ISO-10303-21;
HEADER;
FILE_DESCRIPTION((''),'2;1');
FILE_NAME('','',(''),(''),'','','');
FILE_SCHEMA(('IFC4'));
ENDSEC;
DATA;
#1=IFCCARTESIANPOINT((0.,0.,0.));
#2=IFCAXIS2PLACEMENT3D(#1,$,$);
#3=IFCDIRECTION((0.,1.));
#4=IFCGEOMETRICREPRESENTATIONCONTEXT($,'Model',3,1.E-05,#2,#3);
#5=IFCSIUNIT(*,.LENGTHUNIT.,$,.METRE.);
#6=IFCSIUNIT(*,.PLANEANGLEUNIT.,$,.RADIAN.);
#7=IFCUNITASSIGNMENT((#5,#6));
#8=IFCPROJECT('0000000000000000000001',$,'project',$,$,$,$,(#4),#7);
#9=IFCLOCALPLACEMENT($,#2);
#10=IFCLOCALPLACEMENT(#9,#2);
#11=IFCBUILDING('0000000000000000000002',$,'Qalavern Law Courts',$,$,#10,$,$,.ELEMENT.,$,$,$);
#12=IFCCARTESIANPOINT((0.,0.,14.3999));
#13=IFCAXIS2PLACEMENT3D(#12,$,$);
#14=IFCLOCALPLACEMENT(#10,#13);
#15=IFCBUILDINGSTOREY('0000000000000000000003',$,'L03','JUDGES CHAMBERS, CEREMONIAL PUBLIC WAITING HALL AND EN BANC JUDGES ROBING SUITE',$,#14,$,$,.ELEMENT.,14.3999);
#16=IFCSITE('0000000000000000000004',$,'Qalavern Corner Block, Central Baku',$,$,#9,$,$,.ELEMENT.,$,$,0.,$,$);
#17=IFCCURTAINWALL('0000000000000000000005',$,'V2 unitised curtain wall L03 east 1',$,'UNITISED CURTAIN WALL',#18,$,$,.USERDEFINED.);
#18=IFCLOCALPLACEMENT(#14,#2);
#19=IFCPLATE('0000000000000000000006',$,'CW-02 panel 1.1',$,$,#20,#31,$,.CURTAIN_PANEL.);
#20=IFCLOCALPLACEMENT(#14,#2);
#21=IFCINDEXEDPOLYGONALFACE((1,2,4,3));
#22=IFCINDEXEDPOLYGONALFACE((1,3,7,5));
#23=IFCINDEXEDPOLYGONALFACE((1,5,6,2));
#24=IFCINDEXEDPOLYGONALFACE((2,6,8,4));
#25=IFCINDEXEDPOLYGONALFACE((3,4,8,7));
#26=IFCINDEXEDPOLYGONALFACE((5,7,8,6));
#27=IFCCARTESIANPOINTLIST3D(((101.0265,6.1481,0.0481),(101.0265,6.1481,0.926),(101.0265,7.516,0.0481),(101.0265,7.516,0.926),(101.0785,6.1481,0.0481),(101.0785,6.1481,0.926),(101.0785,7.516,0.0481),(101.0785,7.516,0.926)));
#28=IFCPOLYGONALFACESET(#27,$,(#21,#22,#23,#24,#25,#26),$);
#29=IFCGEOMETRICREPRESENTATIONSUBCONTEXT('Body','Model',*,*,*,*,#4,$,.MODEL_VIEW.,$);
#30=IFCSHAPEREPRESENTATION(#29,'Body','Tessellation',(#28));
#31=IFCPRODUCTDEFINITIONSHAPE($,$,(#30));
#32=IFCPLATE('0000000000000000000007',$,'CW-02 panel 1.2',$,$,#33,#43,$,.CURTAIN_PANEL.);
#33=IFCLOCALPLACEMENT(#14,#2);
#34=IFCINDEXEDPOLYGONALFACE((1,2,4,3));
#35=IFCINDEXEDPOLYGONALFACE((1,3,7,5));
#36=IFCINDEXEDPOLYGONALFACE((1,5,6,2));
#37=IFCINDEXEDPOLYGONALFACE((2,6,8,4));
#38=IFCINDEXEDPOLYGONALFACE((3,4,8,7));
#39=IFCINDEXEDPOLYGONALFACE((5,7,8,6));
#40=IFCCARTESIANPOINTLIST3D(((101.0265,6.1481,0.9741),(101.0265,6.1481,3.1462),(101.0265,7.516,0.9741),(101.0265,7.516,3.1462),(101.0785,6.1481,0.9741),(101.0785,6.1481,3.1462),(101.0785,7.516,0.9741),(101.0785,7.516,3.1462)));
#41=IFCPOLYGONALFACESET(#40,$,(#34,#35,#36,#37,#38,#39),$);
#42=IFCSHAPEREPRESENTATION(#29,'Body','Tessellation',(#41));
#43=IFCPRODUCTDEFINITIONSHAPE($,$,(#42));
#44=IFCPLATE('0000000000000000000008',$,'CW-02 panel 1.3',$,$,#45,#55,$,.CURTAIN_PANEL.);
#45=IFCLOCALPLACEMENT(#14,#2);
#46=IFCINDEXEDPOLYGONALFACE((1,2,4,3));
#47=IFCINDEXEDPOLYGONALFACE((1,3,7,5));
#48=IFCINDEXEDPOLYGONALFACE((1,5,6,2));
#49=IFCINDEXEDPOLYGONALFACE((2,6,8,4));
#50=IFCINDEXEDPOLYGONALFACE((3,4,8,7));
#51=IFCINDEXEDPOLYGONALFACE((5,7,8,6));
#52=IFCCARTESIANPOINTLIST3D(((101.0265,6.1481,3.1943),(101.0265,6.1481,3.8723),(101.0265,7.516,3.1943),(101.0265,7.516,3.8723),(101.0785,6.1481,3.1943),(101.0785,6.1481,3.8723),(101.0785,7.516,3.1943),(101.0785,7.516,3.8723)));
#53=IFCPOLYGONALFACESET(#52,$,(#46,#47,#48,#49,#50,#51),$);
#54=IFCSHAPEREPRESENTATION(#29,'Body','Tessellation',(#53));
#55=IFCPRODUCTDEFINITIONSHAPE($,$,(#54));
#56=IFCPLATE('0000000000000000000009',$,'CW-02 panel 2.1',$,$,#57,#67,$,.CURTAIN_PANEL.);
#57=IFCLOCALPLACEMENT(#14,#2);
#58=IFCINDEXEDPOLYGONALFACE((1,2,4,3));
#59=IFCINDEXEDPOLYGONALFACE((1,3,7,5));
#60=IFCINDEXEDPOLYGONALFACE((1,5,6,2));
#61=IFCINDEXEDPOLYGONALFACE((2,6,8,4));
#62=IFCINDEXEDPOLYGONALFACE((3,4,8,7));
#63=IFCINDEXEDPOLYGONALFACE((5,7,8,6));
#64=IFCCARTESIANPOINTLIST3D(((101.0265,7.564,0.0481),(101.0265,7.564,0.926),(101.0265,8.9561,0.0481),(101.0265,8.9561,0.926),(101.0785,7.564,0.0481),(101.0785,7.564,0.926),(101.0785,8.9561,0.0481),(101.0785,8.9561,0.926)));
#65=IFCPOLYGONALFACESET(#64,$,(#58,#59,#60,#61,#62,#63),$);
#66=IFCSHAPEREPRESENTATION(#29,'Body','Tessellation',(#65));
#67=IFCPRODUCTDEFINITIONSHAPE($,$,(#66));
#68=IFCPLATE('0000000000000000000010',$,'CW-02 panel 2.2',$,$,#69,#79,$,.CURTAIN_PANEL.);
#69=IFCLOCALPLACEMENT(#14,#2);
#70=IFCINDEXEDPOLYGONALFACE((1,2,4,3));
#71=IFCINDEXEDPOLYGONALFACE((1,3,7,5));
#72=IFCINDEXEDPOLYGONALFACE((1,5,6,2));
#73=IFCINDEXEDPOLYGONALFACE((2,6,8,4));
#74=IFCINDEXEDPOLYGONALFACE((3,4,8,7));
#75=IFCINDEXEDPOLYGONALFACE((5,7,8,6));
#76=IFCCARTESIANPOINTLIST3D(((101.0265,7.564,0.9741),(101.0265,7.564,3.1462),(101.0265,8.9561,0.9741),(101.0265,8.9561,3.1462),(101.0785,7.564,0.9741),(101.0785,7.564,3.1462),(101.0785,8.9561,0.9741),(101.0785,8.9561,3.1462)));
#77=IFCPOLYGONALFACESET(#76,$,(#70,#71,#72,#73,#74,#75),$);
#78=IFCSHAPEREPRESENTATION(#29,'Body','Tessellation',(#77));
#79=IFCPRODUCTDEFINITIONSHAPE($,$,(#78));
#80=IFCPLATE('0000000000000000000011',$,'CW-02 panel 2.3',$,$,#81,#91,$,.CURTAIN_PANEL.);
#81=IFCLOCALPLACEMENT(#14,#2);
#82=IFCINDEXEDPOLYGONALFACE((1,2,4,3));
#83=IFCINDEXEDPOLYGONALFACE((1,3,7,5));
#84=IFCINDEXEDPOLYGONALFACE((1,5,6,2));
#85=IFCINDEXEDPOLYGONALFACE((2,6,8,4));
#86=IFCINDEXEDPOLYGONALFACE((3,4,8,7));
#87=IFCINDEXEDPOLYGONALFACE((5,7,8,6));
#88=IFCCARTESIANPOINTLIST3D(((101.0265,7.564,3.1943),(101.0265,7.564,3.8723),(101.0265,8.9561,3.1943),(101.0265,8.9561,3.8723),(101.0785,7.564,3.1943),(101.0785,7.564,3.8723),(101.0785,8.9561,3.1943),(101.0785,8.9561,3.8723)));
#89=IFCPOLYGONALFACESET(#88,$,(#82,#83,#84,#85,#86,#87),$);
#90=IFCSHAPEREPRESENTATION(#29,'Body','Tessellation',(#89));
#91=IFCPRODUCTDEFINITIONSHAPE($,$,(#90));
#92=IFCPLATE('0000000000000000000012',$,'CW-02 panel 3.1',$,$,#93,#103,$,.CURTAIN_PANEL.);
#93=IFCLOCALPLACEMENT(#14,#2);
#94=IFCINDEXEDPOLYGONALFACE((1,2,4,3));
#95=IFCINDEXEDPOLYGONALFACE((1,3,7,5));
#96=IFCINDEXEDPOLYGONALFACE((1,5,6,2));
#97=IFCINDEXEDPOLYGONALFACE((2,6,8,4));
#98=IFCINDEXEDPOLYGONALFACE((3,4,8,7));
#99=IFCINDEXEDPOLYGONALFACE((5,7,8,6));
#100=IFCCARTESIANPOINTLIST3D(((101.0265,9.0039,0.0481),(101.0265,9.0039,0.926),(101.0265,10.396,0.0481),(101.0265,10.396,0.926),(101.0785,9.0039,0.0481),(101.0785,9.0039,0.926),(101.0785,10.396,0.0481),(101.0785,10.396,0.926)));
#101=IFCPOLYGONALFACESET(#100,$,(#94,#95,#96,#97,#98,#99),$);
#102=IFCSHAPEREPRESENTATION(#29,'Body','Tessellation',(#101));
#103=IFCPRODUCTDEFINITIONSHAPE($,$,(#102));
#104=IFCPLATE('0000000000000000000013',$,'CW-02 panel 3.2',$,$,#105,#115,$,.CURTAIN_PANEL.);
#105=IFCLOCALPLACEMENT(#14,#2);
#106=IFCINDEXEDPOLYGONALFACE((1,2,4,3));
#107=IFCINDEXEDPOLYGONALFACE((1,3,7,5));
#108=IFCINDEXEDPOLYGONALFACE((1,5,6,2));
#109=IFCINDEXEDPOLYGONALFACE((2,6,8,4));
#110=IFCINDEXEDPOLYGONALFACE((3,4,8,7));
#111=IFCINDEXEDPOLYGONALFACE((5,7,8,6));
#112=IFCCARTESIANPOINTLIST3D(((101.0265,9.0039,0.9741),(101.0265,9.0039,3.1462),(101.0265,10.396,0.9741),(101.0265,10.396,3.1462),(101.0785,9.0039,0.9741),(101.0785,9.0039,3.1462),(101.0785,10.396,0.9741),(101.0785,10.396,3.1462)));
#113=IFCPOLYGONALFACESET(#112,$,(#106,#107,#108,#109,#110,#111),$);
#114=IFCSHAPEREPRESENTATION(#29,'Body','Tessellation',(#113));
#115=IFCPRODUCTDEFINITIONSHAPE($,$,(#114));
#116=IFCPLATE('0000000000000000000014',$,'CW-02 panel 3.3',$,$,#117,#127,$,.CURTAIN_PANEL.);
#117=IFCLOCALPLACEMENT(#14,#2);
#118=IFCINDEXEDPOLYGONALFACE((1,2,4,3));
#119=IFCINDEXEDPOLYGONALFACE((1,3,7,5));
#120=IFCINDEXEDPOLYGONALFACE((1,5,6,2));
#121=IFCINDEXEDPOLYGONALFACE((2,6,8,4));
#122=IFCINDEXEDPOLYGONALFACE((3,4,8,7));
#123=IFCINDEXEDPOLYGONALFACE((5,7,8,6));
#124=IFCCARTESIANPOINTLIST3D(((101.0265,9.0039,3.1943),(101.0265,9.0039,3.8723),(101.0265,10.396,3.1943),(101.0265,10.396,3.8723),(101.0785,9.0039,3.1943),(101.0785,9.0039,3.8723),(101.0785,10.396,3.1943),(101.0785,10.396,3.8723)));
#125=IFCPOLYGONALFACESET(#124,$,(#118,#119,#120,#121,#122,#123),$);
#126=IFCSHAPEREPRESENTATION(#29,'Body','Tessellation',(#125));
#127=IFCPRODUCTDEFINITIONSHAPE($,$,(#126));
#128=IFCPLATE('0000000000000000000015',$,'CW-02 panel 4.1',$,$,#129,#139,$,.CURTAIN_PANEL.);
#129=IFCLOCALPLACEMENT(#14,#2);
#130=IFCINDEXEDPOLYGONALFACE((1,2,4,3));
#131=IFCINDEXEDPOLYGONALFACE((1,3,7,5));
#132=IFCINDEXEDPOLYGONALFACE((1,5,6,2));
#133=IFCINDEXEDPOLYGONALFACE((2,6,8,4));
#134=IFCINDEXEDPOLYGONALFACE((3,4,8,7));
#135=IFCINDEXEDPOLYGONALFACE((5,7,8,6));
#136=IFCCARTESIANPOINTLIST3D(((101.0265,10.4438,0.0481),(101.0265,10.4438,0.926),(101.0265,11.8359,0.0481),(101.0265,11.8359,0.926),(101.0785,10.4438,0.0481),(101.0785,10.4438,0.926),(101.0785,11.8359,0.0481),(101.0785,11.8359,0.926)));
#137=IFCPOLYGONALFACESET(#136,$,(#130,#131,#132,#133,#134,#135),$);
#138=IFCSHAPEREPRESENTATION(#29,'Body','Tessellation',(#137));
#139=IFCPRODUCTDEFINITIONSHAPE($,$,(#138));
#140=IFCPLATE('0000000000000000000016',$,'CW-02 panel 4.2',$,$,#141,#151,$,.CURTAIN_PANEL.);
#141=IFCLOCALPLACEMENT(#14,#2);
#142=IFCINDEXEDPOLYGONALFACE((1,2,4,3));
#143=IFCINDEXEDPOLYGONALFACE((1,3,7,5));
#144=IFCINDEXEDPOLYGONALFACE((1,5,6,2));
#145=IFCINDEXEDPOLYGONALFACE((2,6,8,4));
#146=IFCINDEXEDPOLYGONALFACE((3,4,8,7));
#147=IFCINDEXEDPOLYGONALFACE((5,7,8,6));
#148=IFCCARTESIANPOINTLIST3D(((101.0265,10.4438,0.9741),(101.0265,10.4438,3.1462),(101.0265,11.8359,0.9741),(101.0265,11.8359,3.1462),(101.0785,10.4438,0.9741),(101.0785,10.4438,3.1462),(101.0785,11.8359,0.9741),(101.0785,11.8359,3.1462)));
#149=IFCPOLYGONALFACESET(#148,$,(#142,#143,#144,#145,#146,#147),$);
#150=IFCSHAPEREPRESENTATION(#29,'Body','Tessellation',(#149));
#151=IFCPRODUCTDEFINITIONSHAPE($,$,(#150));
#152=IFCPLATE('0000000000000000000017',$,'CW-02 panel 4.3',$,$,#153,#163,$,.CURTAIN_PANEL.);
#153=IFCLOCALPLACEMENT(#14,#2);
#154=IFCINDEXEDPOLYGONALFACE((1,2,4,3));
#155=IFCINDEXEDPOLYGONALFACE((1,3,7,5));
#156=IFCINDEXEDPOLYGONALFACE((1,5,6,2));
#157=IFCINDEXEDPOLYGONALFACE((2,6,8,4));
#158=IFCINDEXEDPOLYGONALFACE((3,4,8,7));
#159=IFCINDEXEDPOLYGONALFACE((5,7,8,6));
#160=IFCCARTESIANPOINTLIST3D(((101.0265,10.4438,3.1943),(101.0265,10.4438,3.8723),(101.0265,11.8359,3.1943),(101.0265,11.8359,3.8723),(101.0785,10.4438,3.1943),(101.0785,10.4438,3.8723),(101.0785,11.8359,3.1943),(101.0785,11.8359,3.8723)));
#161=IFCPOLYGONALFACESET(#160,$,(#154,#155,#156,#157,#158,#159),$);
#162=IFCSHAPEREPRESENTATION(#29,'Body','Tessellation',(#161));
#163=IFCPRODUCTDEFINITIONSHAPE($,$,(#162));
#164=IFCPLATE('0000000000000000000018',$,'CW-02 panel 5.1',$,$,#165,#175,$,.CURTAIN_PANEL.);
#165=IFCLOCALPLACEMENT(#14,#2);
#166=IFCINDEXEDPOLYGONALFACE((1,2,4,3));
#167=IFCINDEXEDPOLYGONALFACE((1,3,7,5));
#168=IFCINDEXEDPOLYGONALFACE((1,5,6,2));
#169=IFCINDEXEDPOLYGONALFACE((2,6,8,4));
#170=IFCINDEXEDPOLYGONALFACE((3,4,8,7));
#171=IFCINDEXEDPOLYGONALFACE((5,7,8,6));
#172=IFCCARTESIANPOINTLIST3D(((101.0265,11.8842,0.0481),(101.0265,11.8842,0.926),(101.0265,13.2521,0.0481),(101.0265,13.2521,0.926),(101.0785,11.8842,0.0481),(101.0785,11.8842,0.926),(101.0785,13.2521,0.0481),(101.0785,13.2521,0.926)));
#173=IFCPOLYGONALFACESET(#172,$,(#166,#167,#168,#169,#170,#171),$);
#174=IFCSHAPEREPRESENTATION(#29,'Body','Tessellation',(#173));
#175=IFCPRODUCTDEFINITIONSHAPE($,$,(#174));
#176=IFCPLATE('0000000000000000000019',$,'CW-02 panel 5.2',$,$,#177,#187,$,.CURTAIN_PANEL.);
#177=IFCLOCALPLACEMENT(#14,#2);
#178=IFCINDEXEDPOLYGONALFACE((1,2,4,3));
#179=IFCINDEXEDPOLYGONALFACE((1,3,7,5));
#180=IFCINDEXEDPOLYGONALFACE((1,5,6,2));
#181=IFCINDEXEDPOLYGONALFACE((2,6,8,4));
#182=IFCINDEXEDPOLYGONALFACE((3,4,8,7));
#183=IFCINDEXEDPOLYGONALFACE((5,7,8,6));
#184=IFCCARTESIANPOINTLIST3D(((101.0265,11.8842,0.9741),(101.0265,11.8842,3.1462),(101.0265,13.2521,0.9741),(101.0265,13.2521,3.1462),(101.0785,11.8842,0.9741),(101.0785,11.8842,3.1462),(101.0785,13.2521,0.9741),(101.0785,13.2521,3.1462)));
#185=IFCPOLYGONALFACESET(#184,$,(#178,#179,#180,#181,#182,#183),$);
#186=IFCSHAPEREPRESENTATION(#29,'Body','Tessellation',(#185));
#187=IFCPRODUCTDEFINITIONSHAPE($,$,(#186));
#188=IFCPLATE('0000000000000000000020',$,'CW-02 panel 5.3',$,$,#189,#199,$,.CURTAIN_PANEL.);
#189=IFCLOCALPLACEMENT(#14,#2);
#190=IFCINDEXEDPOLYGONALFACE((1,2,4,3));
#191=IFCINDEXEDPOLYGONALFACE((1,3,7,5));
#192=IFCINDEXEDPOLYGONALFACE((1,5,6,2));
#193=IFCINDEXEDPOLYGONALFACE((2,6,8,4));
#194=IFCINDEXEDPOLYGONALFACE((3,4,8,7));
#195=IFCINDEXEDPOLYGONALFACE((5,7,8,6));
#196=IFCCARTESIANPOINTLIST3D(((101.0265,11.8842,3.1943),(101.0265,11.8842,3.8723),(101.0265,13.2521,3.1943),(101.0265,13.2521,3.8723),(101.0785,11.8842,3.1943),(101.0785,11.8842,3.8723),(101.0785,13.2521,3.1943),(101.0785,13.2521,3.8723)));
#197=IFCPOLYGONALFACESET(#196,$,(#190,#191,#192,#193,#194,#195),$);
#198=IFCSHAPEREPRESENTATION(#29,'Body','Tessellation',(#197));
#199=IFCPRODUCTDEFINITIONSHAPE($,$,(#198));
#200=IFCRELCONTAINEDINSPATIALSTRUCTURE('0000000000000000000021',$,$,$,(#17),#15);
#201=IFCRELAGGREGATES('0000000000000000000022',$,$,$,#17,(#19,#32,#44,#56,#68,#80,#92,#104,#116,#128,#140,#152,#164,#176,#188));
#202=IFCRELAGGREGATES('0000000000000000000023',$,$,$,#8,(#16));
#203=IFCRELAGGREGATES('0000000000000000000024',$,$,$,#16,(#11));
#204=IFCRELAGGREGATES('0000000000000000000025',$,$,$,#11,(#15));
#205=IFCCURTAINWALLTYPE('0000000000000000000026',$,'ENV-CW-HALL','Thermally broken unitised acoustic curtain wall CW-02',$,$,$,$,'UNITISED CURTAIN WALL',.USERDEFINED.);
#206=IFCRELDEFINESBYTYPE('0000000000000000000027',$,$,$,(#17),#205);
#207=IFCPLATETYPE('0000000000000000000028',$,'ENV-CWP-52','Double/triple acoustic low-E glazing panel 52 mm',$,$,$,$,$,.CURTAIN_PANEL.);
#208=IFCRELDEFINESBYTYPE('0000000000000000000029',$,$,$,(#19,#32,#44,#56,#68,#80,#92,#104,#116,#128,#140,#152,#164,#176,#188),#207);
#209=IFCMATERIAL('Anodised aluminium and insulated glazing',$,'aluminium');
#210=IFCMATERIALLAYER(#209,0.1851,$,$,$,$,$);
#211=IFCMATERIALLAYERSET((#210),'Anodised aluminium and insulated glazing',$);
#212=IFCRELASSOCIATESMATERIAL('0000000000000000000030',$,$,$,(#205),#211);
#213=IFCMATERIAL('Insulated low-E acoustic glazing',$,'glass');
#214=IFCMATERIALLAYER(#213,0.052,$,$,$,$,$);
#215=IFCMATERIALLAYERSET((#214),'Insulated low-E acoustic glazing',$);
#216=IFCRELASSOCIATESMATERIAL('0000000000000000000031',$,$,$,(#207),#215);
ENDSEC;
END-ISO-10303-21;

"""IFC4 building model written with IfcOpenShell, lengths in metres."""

from ifc_helpers import new_model, si_unit, direction, frame, origin, origin_2d, place, context, subcontext, project, spatial, rectangle, extrude, material, layer, layer_set, type_object, element, aggregate, save


model = new_model("IFC4")

# Units and contexts
model_context = context("Model", 3, precision=1e-05, world=origin(), true_north=direction((0.0, 1.0)))
body_context = subcontext(model_context, "Body", "Model", "MODEL_VIEW")
ifc_project = project(units=[si_unit("LENGTHUNIT", "METRE"), si_unit("PLANEANGLEUNIT", "RADIAN")], contexts=[model_context])

# Site, building, storey
site_placement = place(None, origin())
site = spatial("IfcSite", under=ifc_project, at=site_placement, Name="Qalavern Corner Block, Central Baku", CompositionType="ELEMENT", RefElevation=0.0)
building_placement = place(site_placement, origin())
building = spatial("IfcBuilding", under=site, at=building_placement, Name="Qalavern Law Courts", CompositionType="ELEMENT")
storey_placement = place(building_placement, frame((0.0, 0.0, 14.3999)))
storey = spatial("IfcBuildingStorey", under=building, at=storey_placement, Name="L03", Description="JUDGES CHAMBERS, CEREMONIAL PUBLIC WAITING HALL AND EN BANC JUDGES ROBING SUITE", CompositionType="ELEMENT", Elevation=14.3999)

# Curtain wall, plates
ifc_material_1 = material(Name="Anodised aluminium and insulated glazing", Category="aluminium")
ifc_layer_1 = layer(ifc_material_1, 0.1851)
ifc_layer_set_1 = layer_set([ifc_layer_1], Name="Anodised aluminium and insulated glazing")
curtain_wall_type = type_object("IfcCurtainWallType", Name="ENV-CW-HALL", Description="Thermally broken unitised acoustic curtain wall CW-02", ElementType="UNITISED CURTAIN WALL", PredefinedType="USERDEFINED", material=ifc_layer_set_1)
curtain_wall_placement = place(storey_placement, origin())
curtain_wall = element("IfcCurtainWall", 1, at=curtain_wall_placement, inside=storey, type_object=curtain_wall_type, Name="V2 unitised curtain wall L03 east 1", ObjectType="UNITISED CURTAIN WALL", PredefinedType="USERDEFINED")
ifc_material_2 = material(Name="Insulated low-E acoustic glazing", Category="glass")
ifc_layer_2 = layer(ifc_material_2, 0.052)
ifc_layer_set_2 = layer_set([ifc_layer_2], Name="Insulated low-E acoustic glazing")
plate_type = type_object("IfcPlateType", Name="ENV-CWP-52", Description="Double/triple acoustic low-E glazing panel 52 mm", PredefinedType="CURTAIN_PANEL", material=ifc_layer_set_2)
plate_1_placement = place(storey_placement, frame((101.0525, 6.832, 0.0481), z_axis=(0.0, 0.0, 1.0), x_axis=(0.0, 1.0, 0.0)))
plate_1 = element("IfcPlate", 2, at=plate_1_placement, type_object=plate_type, Name="CW-02 panel 1.1", PredefinedType="CURTAIN_PANEL", context=body_context, shape_type="SweptSolid", body=[
    extrude(rectangle(XDim=1.3679, YDim=0.052, at=origin_2d()), origin(), (0.0, 0.0, 1.0), 0.8779),
])
plate_2_placement = place(storey_placement, frame((101.0525, 6.832, 0.9741), z_axis=(0.0, 0.0, 1.0), x_axis=(0.0, 1.0, 0.0)))
plate_2 = element("IfcPlate", 3, at=plate_2_placement, type_object=plate_type, Name="CW-02 panel 1.2", PredefinedType="CURTAIN_PANEL", context=body_context, shape_type="SweptSolid", body=[
    extrude(rectangle(XDim=1.3679, YDim=0.052, at=origin_2d()), origin(), (0.0, 0.0, 1.0), 2.1721),
])
plate_3_placement = place(storey_placement, frame((101.0525, 6.832, 3.1943), z_axis=(0.0, 0.0, 1.0), x_axis=(0.0, 1.0, 0.0)))
plate_3 = element("IfcPlate", 4, at=plate_3_placement, type_object=plate_type, Name="CW-02 panel 1.3", PredefinedType="CURTAIN_PANEL", context=body_context, shape_type="SweptSolid", body=[
    extrude(rectangle(XDim=1.3679, YDim=0.052, at=origin_2d()), origin(), (0.0, 0.0, 1.0), 0.678),
])
plate_4_placement = place(storey_placement, frame((101.0525, 8.26, 0.0481), z_axis=(0.0, 0.0, 1.0), x_axis=(0.0, 1.0, 0.0)))
plate_4 = element("IfcPlate", 5, at=plate_4_placement, type_object=plate_type, Name="CW-02 panel 2.1", PredefinedType="CURTAIN_PANEL", context=body_context, shape_type="SweptSolid", body=[
    extrude(rectangle(XDim=1.3921, YDim=0.052, at=origin_2d()), origin(), (0.0, 0.0, 1.0), 0.8779),
])
plate_5_placement = place(storey_placement, frame((101.0525, 8.26, 0.9741), z_axis=(0.0, 0.0, 1.0), x_axis=(0.0, 1.0, 0.0)))
plate_5 = element("IfcPlate", 6, at=plate_5_placement, type_object=plate_type, Name="CW-02 panel 2.2", PredefinedType="CURTAIN_PANEL", context=body_context, shape_type="SweptSolid", body=[
    extrude(rectangle(XDim=1.3921, YDim=0.052, at=origin_2d()), origin(), (0.0, 0.0, 1.0), 2.1721),
])
plate_6_placement = place(storey_placement, frame((101.0525, 8.26, 3.1943), z_axis=(0.0, 0.0, 1.0), x_axis=(0.0, 1.0, 0.0)))
plate_6 = element("IfcPlate", 7, at=plate_6_placement, type_object=plate_type, Name="CW-02 panel 2.3", PredefinedType="CURTAIN_PANEL", context=body_context, shape_type="SweptSolid", body=[
    extrude(rectangle(XDim=1.3921, YDim=0.052, at=origin_2d()), origin(), (0.0, 0.0, 1.0), 0.678),
])
plate_7_placement = place(storey_placement, frame((101.0525, 9.7, 0.0481), z_axis=(0.0, 0.0, 1.0), x_axis=(0.0, 1.0, 0.0)))
plate_7 = element("IfcPlate", 8, at=plate_7_placement, type_object=plate_type, Name="CW-02 panel 3.1", PredefinedType="CURTAIN_PANEL", context=body_context, shape_type="SweptSolid", body=[
    extrude(rectangle(XDim=1.3921, YDim=0.052, at=origin_2d()), origin(), (0.0, 0.0, 1.0), 0.8779),
])
plate_8_placement = place(storey_placement, frame((101.0525, 9.7, 0.9741), z_axis=(0.0, 0.0, 1.0), x_axis=(0.0, 1.0, 0.0)))
plate_8 = element("IfcPlate", 9, at=plate_8_placement, type_object=plate_type, Name="CW-02 panel 3.2", PredefinedType="CURTAIN_PANEL", context=body_context, shape_type="SweptSolid", body=[
    extrude(rectangle(XDim=1.3921, YDim=0.052, at=origin_2d()), origin(), (0.0, 0.0, 1.0), 2.1721),
])
plate_9_placement = place(storey_placement, frame((101.0525, 9.7, 3.1943), z_axis=(0.0, 0.0, 1.0), x_axis=(0.0, 1.0, 0.0)))
plate_9 = element("IfcPlate", 10, at=plate_9_placement, type_object=plate_type, Name="CW-02 panel 3.3", PredefinedType="CURTAIN_PANEL", context=body_context, shape_type="SweptSolid", body=[
    extrude(rectangle(XDim=1.3921, YDim=0.052, at=origin_2d()), origin(), (0.0, 0.0, 1.0), 0.678),
])
plate_10_placement = place(storey_placement, frame((101.0525, 11.1399, 0.0481), z_axis=(0.0, 0.0, 1.0), x_axis=(0.0, 1.0, 0.0)))
plate_10 = element("IfcPlate", 11, at=plate_10_placement, type_object=plate_type, Name="CW-02 panel 4.1", PredefinedType="CURTAIN_PANEL", context=body_context, shape_type="SweptSolid", body=[
    extrude(rectangle(XDim=1.3921, YDim=0.052, at=origin_2d()), origin(), (0.0, 0.0, 1.0), 0.8779),
])
plate_11_placement = place(storey_placement, frame((101.0525, 11.1399, 0.9741), z_axis=(0.0, 0.0, 1.0), x_axis=(0.0, 1.0, 0.0)))
plate_11 = element("IfcPlate", 12, at=plate_11_placement, type_object=plate_type, Name="CW-02 panel 4.2", PredefinedType="CURTAIN_PANEL", context=body_context, shape_type="SweptSolid", body=[
    extrude(rectangle(XDim=1.3921, YDim=0.052, at=origin_2d()), origin(), (0.0, 0.0, 1.0), 2.1721),
])
plate_12_placement = place(storey_placement, frame((101.0525, 11.1399, 3.1943), z_axis=(0.0, 0.0, 1.0), x_axis=(0.0, 1.0, 0.0)))
plate_12 = element("IfcPlate", 13, at=plate_12_placement, type_object=plate_type, Name="CW-02 panel 4.3", PredefinedType="CURTAIN_PANEL", context=body_context, shape_type="SweptSolid", body=[
    extrude(rectangle(XDim=1.3921, YDim=0.052, at=origin_2d()), origin(), (0.0, 0.0, 1.0), 0.678),
])
plate_13_placement = place(storey_placement, frame((101.0525, 12.5681, 0.0481), z_axis=(0.0, 0.0, 1.0), x_axis=(0.0, 1.0, 0.0)))
plate_13 = element("IfcPlate", 14, at=plate_13_placement, type_object=plate_type, Name="CW-02 panel 5.1", PredefinedType="CURTAIN_PANEL", context=body_context, shape_type="SweptSolid", body=[
    extrude(rectangle(XDim=1.3679, YDim=0.052, at=origin_2d()), origin(), (0.0, 0.0, 1.0), 0.8779),
])
plate_14_placement = place(storey_placement, frame((101.0525, 12.5681, 0.9741), z_axis=(0.0, 0.0, 1.0), x_axis=(0.0, 1.0, 0.0)))
plate_14 = element("IfcPlate", 15, at=plate_14_placement, type_object=plate_type, Name="CW-02 panel 5.2", PredefinedType="CURTAIN_PANEL", context=body_context, shape_type="SweptSolid", body=[
    extrude(rectangle(XDim=1.3679, YDim=0.052, at=origin_2d()), origin(), (0.0, 0.0, 1.0), 2.1721),
])
plate_15_placement = place(storey_placement, frame((101.0525, 12.5681, 3.1943), z_axis=(0.0, 0.0, 1.0), x_axis=(0.0, 1.0, 0.0)))
plate_15 = element("IfcPlate", 16, at=plate_15_placement, type_object=plate_type, Name="CW-02 panel 5.3", PredefinedType="CURTAIN_PANEL", context=body_context, shape_type="SweptSolid", body=[
    extrude(rectangle(XDim=1.3679, YDim=0.052, at=origin_2d()), origin(), (0.0, 0.0, 1.0), 0.678),
])
aggregate(curtain_wall, [plate_1, plate_2, plate_3, plate_4, plate_5, plate_6, plate_7, plate_8, plate_9, plate_10, plate_11, plate_12, plate_13, plate_14, plate_15])

save(model, "model.ifc")
